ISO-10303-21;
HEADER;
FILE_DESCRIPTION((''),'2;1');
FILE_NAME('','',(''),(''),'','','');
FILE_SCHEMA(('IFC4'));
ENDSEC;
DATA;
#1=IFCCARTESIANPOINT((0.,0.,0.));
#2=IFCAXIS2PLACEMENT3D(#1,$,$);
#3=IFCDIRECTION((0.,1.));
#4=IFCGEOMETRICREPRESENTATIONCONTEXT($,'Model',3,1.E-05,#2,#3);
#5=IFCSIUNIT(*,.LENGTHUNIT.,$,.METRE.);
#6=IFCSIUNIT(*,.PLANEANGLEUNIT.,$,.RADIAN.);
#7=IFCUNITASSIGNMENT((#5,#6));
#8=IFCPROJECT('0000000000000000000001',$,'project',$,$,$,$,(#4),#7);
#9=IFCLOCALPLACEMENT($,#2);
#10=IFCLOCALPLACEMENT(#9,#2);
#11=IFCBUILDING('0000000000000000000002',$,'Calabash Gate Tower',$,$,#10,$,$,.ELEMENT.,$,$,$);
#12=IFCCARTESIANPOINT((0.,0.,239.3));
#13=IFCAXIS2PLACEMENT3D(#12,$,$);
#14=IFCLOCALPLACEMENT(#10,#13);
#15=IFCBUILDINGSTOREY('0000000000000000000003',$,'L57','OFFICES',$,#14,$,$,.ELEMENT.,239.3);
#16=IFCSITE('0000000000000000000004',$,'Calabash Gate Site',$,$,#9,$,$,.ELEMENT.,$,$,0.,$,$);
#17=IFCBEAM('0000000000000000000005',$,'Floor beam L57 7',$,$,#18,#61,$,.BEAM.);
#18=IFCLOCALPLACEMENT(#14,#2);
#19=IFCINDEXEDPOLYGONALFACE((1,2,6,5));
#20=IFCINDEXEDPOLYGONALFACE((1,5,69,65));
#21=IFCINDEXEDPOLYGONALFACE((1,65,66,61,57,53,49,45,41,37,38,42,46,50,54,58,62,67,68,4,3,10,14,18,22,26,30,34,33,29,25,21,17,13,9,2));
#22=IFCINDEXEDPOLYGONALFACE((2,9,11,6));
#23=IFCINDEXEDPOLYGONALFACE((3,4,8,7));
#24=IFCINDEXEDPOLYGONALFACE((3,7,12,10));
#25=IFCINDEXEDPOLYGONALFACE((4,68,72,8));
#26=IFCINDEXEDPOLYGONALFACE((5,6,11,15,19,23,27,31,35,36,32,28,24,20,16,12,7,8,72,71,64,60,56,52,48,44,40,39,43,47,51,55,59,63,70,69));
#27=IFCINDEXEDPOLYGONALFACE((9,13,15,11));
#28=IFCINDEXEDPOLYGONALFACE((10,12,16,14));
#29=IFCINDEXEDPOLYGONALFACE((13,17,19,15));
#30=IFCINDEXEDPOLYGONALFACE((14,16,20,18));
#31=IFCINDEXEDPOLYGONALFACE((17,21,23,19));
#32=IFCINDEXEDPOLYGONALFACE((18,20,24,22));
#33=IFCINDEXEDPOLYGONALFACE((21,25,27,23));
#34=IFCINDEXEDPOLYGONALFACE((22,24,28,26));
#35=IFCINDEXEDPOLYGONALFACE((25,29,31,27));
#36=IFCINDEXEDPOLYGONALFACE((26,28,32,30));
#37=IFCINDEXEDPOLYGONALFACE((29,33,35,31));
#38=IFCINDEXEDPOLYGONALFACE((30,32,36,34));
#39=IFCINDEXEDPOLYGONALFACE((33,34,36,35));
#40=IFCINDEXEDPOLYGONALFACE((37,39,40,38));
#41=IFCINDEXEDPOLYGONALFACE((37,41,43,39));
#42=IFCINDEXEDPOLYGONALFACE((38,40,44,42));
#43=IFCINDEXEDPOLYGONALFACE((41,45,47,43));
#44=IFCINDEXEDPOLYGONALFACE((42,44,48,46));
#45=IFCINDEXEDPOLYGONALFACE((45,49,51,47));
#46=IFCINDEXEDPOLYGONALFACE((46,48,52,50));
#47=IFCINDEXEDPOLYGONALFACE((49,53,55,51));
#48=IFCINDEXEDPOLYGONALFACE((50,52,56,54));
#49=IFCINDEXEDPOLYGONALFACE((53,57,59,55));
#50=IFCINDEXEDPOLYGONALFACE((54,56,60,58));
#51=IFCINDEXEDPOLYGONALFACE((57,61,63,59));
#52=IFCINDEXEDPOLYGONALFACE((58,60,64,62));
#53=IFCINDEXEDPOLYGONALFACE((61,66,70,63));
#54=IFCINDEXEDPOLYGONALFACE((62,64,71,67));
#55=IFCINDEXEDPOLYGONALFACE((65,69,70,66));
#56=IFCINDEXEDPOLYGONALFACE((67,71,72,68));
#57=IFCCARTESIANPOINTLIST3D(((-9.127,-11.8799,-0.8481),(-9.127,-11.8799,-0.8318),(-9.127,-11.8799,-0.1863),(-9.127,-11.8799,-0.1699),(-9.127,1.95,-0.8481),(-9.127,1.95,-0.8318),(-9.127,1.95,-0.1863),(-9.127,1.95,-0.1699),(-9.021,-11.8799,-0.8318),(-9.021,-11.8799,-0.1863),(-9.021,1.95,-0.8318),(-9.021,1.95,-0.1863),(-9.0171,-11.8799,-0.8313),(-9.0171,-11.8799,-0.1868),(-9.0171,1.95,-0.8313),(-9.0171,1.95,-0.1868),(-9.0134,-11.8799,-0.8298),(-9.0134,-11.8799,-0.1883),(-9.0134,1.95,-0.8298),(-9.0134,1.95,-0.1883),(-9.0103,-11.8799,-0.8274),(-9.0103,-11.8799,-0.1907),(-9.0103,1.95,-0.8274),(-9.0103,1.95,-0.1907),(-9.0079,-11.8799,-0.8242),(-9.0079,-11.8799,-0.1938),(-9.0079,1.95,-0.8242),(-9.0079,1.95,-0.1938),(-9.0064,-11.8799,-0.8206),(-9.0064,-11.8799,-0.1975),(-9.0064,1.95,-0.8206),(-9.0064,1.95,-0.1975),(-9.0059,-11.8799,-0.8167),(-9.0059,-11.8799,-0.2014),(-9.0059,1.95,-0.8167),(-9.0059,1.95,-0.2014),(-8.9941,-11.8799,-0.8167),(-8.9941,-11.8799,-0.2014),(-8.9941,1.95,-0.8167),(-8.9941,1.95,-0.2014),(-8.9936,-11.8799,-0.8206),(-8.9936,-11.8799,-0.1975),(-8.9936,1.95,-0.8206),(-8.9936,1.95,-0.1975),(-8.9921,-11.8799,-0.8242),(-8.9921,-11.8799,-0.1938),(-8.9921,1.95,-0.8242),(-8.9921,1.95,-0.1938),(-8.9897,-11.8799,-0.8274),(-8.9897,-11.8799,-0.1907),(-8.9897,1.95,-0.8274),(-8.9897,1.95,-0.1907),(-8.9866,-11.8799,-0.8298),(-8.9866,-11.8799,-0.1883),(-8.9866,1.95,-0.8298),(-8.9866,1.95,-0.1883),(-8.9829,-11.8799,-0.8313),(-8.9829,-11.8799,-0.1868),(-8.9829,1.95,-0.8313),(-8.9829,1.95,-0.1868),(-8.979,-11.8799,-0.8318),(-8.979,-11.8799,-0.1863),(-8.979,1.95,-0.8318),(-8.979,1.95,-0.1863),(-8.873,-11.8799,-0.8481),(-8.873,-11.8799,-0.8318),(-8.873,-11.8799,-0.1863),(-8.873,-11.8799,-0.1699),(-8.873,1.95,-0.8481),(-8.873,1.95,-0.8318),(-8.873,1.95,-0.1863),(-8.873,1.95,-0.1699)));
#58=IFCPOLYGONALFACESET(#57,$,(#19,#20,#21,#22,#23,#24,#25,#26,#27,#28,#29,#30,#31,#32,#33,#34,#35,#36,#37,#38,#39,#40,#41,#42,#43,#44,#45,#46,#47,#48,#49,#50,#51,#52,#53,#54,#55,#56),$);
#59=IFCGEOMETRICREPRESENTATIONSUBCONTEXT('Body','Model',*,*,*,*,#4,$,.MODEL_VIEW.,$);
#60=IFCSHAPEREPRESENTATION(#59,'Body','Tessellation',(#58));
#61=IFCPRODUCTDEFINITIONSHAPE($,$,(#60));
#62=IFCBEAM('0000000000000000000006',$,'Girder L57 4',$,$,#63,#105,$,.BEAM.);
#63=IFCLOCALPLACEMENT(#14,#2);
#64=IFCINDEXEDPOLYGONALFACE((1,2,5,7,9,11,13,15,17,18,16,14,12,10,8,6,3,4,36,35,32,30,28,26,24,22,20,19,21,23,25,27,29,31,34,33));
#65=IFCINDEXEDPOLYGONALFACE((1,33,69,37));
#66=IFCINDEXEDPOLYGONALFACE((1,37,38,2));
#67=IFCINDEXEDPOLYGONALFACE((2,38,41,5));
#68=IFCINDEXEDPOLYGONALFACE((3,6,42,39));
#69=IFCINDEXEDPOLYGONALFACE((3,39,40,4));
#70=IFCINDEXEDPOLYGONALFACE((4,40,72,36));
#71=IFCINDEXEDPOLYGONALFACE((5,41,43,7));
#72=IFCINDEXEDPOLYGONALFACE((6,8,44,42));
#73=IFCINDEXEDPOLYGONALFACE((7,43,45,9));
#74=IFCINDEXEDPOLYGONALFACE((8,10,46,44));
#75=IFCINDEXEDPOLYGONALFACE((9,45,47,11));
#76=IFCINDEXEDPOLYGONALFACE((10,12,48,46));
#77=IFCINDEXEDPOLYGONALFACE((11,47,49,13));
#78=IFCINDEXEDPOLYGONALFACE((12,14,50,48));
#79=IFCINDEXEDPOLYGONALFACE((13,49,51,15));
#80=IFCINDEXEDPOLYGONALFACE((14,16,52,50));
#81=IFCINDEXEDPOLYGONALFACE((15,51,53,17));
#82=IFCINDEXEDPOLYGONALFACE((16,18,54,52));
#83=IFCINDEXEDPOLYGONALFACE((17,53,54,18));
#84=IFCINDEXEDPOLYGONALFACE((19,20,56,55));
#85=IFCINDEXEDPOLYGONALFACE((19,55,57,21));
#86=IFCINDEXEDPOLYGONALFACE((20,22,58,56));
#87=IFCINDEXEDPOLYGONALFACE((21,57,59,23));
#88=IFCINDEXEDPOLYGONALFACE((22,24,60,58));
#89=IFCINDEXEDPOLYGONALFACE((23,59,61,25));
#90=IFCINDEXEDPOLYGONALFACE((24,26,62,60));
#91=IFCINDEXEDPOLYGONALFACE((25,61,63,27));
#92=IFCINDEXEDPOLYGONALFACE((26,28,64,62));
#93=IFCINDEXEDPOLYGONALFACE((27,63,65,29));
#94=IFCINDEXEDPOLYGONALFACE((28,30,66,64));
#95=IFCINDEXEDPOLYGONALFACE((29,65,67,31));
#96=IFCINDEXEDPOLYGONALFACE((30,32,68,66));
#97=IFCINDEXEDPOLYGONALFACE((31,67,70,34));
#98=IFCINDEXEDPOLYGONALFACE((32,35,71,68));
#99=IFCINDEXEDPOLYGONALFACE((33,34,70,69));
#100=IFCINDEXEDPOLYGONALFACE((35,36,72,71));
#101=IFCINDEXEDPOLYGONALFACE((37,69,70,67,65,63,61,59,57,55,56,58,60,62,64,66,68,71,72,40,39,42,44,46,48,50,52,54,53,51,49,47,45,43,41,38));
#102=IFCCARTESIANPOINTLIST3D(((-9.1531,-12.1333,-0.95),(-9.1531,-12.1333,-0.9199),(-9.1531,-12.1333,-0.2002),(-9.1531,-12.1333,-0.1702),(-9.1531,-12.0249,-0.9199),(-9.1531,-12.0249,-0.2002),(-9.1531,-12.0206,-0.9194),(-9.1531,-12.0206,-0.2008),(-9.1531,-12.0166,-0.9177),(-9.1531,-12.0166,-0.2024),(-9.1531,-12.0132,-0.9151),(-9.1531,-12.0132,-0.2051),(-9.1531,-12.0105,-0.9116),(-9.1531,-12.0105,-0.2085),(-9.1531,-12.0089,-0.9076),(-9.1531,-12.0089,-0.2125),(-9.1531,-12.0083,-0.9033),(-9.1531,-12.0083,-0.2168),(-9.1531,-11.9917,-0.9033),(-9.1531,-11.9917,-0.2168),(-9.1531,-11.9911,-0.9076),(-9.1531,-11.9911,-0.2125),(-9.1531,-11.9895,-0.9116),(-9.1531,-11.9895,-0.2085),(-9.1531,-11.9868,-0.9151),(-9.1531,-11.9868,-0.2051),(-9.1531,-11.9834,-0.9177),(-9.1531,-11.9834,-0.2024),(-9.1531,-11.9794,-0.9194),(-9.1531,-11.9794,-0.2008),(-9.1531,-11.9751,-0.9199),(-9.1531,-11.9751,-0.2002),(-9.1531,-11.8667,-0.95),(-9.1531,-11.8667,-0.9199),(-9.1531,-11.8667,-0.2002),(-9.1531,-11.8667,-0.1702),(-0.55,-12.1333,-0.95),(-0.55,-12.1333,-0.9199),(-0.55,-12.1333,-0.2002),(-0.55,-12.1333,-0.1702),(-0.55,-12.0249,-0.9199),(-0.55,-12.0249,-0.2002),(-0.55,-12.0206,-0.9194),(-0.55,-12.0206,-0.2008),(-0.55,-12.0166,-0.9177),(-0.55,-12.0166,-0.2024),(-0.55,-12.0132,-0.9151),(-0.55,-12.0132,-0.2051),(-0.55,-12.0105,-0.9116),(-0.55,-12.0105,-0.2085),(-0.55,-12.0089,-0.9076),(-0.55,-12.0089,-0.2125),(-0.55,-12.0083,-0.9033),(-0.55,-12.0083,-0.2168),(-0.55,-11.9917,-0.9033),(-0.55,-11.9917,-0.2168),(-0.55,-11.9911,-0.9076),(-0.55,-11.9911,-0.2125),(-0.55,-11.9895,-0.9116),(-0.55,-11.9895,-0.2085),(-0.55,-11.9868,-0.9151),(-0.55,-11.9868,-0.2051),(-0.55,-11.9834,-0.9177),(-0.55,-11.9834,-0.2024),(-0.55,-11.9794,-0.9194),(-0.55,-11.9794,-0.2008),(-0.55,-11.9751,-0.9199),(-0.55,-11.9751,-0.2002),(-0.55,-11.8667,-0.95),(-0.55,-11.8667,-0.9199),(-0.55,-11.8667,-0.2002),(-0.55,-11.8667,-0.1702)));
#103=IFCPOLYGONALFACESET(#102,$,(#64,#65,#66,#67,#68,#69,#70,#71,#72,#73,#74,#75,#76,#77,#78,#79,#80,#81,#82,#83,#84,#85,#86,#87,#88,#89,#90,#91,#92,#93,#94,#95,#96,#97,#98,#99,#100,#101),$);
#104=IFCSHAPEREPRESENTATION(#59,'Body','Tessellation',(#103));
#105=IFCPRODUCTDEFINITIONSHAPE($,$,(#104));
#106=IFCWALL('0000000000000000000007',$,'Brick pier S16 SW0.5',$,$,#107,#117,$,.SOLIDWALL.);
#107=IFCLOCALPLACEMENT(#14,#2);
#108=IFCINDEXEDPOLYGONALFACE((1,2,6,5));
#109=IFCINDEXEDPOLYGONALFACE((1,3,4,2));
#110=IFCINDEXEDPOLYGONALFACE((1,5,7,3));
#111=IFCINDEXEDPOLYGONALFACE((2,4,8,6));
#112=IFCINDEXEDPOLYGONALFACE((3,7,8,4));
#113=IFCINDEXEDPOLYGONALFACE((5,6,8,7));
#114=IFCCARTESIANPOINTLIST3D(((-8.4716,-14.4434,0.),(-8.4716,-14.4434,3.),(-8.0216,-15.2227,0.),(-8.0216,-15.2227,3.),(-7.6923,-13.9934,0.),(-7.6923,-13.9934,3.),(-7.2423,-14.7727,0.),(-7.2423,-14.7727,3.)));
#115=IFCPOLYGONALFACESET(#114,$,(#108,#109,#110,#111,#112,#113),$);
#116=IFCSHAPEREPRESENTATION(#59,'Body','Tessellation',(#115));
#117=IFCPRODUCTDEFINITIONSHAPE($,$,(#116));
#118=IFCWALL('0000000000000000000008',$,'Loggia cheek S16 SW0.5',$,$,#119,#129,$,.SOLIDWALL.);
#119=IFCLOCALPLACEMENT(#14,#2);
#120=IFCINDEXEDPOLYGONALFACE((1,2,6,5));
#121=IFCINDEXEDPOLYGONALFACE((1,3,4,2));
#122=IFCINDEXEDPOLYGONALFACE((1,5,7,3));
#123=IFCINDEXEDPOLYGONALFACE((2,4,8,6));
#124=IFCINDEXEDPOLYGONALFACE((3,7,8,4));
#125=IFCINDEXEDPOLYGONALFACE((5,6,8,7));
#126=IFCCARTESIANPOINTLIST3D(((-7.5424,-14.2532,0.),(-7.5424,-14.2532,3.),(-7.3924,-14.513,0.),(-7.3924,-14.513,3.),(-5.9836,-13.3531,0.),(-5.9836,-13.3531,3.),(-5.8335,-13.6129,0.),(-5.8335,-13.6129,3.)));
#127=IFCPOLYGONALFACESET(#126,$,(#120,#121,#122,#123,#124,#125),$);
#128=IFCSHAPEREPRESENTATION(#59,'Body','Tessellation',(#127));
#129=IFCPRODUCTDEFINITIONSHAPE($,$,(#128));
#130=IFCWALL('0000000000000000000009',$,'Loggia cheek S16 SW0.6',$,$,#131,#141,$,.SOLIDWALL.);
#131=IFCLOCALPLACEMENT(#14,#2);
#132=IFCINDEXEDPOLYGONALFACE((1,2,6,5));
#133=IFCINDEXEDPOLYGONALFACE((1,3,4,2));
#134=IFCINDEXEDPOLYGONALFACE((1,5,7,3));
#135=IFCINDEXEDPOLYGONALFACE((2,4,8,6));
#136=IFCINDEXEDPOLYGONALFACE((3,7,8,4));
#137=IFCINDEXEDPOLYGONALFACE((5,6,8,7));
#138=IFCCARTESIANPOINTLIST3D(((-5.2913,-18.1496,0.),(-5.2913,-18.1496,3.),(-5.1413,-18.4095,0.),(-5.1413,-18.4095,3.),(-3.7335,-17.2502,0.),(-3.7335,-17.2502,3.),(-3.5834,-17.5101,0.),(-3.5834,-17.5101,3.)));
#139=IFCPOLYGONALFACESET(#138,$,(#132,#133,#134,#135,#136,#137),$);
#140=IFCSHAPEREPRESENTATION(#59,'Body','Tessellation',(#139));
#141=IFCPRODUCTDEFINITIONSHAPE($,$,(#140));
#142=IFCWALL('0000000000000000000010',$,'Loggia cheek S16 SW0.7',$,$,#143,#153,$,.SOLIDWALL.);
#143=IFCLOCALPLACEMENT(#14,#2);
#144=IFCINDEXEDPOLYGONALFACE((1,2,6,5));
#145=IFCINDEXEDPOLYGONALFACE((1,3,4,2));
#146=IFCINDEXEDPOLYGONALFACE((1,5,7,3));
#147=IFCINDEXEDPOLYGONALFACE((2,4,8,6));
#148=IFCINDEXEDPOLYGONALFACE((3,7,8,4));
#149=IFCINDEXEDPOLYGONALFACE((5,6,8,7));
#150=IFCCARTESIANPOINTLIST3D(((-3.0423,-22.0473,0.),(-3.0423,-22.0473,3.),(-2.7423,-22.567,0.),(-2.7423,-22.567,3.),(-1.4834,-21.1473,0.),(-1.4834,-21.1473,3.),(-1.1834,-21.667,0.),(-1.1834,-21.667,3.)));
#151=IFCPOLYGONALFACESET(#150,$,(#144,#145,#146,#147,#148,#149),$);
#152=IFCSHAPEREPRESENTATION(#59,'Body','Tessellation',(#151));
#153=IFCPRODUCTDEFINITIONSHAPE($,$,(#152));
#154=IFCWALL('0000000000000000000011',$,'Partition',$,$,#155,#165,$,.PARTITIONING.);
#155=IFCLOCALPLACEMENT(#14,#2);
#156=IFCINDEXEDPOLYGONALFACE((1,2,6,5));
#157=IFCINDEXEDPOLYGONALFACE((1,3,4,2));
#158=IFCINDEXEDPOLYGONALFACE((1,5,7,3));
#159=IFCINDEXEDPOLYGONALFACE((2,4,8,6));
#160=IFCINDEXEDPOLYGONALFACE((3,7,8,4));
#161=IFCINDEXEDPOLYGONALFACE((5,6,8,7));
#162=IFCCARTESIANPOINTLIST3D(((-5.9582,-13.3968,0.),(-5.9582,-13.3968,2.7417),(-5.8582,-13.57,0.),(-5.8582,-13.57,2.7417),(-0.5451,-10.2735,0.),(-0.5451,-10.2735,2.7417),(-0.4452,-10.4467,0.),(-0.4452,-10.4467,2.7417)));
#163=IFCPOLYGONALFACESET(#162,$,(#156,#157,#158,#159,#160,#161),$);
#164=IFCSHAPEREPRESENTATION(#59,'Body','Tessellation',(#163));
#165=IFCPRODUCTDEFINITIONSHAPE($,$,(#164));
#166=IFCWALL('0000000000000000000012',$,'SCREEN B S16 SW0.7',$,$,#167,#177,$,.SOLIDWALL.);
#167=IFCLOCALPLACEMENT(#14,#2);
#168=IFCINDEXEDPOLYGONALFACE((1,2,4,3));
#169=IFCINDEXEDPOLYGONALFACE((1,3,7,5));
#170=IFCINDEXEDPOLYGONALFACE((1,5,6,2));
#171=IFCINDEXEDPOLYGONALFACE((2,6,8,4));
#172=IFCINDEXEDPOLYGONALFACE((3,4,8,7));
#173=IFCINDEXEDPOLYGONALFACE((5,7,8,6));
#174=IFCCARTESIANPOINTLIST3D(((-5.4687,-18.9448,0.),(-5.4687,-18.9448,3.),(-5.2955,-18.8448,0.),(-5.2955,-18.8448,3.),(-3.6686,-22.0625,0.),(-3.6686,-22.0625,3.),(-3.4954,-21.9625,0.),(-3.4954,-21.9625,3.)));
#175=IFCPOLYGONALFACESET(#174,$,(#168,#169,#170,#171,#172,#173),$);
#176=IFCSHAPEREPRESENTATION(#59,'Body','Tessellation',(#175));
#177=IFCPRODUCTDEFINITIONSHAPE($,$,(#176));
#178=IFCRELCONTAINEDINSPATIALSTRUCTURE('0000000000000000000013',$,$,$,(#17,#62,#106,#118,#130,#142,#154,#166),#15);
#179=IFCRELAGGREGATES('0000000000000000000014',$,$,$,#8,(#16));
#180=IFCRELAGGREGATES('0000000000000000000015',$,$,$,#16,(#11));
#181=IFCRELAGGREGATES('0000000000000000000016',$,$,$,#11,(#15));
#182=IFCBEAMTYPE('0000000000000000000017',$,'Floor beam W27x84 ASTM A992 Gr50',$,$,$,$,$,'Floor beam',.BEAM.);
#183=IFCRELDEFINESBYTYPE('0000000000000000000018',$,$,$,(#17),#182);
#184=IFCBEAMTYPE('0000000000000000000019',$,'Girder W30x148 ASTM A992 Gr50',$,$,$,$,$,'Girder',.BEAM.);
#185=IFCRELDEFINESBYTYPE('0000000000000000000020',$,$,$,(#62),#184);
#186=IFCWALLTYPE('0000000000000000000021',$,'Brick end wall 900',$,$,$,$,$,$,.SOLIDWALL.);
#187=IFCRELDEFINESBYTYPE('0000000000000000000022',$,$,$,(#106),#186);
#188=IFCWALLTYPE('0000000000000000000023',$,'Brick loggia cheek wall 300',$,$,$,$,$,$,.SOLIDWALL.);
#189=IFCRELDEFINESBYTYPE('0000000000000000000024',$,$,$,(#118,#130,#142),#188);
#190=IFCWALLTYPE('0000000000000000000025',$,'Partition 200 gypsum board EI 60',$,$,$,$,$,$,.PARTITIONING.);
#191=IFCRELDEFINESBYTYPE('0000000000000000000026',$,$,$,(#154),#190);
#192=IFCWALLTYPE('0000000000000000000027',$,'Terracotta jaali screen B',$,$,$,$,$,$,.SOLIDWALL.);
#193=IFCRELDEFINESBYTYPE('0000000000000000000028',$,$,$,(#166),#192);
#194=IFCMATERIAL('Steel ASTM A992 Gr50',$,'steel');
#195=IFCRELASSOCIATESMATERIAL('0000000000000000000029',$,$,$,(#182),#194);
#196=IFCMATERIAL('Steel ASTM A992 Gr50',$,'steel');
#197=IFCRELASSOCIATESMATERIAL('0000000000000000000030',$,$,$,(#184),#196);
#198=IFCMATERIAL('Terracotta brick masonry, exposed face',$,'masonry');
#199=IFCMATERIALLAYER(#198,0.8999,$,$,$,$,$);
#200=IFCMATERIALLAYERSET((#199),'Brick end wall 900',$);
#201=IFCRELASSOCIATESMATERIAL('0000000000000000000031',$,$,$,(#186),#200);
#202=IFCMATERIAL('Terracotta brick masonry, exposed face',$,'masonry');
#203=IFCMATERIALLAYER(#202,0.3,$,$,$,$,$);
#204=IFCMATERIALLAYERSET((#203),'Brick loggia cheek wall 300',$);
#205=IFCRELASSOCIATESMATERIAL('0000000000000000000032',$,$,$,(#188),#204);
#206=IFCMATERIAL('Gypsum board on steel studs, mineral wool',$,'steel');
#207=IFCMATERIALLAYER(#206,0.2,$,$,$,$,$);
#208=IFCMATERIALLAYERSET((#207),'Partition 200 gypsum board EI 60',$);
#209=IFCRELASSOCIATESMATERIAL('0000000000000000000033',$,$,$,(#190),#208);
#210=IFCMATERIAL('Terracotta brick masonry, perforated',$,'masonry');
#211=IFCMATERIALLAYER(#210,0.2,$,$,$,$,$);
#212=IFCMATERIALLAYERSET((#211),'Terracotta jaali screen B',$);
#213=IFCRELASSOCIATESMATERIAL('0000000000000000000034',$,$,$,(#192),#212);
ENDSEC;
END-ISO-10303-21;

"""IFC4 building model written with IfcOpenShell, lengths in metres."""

from ifc_helpers import new_model, si_unit, direction, frame, frame_2d, origin, origin_2d, place, context, subcontext, project, spatial, rectangle, i_section, extrude, material, layer, layer_set, material_profile, profile_set, type_object, element, save


model = new_model("IFC4")

# Units and contexts
model_context = context("Model", 3, precision=1e-05, world=origin(), true_north=direction((0.0, 1.0)))
body_context = subcontext(model_context, "Body", "Model", "MODEL_VIEW")
ifc_project = project(units=[si_unit("LENGTHUNIT", "METRE"), si_unit("PLANEANGLEUNIT", "RADIAN")], contexts=[model_context])

# Site, building, storey
site_placement = place(None, origin())
site = spatial("IfcSite", under=ifc_project, at=site_placement, Name="Calabash Gate Site", CompositionType="ELEMENT", RefElevation=0.0)
building_placement = place(site_placement, origin())
building = spatial("IfcBuilding", under=site, at=building_placement, Name="Calabash Gate Tower", CompositionType="ELEMENT")
storey_placement = place(building_placement, frame((0.0, 0.0, 239.3)))
storey = spatial("IfcBuildingStorey", under=building, at=storey_placement, Name="L57", Description="OFFICES", CompositionType="ELEMENT", Elevation=239.3)

# Beams
ifc_material_1 = material(Name="Steel ASTM A992 Gr50", Category="steel")
ifc_material_profile_1 = material_profile(ifc_material_1, i_section(OverallWidth=0.2539, OverallDepth=0.6782, WebThickness=0.0117, FlangeThickness=0.0164, FilletRadius=0.0151, at=origin_2d()))
ifc_profile_set_1 = profile_set([ifc_material_profile_1], Name="Steel ASTM A992 Gr50")
beam_type_1 = type_object("IfcBeamType", Name="Floor beam W27x84 ASTM A992 Gr50", ElementType="Floor beam", PredefinedType="BEAM", material=ifc_profile_set_1)
beam_1_placement = place(storey_placement, frame((-9.0, -11.8799, -0.509), z_axis=(0.0, 1.0, 0.0), x_axis=(-1.0, 0.0, 0.0)))
element("IfcBeam", 1, at=beam_1_placement, inside=storey, type_object=beam_type_1, Name="Floor beam L57 7", PredefinedType="BEAM", context=body_context, shape_type="SweptSolid", body=[
    extrude(i_section(OverallWidth=0.2539, OverallDepth=0.6782, WebThickness=0.0117, FlangeThickness=0.0164, FilletRadius=0.0151, at=origin_2d()), origin(), (0.0, 0.0, 1.0), 13.8298),
])
ifc_material_2 = material(Name="Steel ASTM A992 Gr50", Category="steel")
ifc_material_profile_2 = material_profile(ifc_material_2, i_section(OverallWidth=0.2666, OverallDepth=0.7798, WebThickness=0.0166, FlangeThickness=0.03, FilletRadius=0.0166, at=origin_2d()))
ifc_profile_set_2 = profile_set([ifc_material_profile_2], Name="Steel ASTM A992 Gr50")
beam_type_2 = type_object("IfcBeamType", Name="Girder W30x148 ASTM A992 Gr50", ElementType="Girder", PredefinedType="BEAM", material=ifc_profile_set_2)
beam_2_placement = place(storey_placement, frame((-9.1531, -12.0, -0.5601), z_axis=(1.0, 0.0, 0.0), x_axis=(0.0, 1.0, 0.0)))
element("IfcBeam", 2, at=beam_2_placement, inside=storey, type_object=beam_type_2, Name="Girder L57 4", PredefinedType="BEAM", context=body_context, shape_type="SweptSolid", body=[
    extrude(i_section(OverallWidth=0.2666, OverallDepth=0.7798, WebThickness=0.0166, FlangeThickness=0.03, FilletRadius=0.0166, at=origin_2d()), origin(), (0.0, 0.0, 1.0), 8.603),
])

# Walls
ifc_material_3 = material(Name="Terracotta brick masonry, exposed face", Category="masonry")
ifc_layer_1 = layer(ifc_material_3, 0.8999)
ifc_layer_set_1 = layer_set([ifc_layer_1], Name="Brick end wall 900")
wall_type_1 = type_object("IfcWallType", Name="Brick end wall 900", PredefinedType="SOLIDWALL", material=ifc_layer_set_1)
wall_1_placement = place(storey_placement, frame((-7.4673, -14.3831, 0.0), z_axis=(0.0, 0.0, 1.0), x_axis=(-0.866014, -0.50002, 0.0)))
element("IfcWall", 3, at=wall_1_placement, inside=storey, type_object=wall_type_1, Name="Brick pier S16 SW0.5", PredefinedType="SOLIDWALL", context=body_context, shape_type="SweptSolid", body=[
    extrude(rectangle(XDim=0.8999, YDim=0.8999, at=frame_2d((0.45, 0.0))), origin(), (0.0, 0.0, 1.0), 3.0),
])
ifc_material_4 = material(Name="Terracotta brick masonry, exposed face", Category="masonry")
ifc_layer_2 = layer(ifc_material_4, 0.3)
ifc_layer_set_2 = layer_set([ifc_layer_2], Name="Brick loggia cheek wall 300")
wall_type_2 = type_object("IfcWallType", Name="Brick loggia cheek wall 300", PredefinedType="SOLIDWALL", material=ifc_layer_set_2)
wall_2_placement = place(storey_placement, frame((-7.4673, -14.3831, 0.0), z_axis=(0.0, 0.0, 1.0), x_axis=(0.865989, 0.500063, 0.0)))
element("IfcWall", 4, at=wall_2_placement, inside=storey, type_object=wall_type_2, Name="Loggia cheek S16 SW0.5", PredefinedType="SOLIDWALL", context=body_context, shape_type="SweptSolid", body=[
    extrude(rectangle(XDim=1.8, YDim=0.3, at=frame_2d((0.8999, 0.0))), origin(), (0.0, 0.0, 1.0), 3.0),
])
wall_3_placement = place(storey_placement, frame((-3.6584, -17.3801, 0.0), z_axis=(0.0, 0.0, 1.0), x_axis=(-0.86603, -0.499993, 0.0)))
element("IfcWall", 5, at=wall_3_placement, inside=storey, type_object=wall_type_2, Name="Loggia cheek S16 SW0.6", PredefinedType="SOLIDWALL", context=body_context, shape_type="SweptSolid", body=[
    extrude(rectangle(XDim=1.7988, YDim=0.3, at=frame_2d((0.8994, 0.0))), origin(), (0.0, 0.0, 1.0), 3.0),
])
wall_4_placement = place(storey_placement, frame((-1.3335, -21.4072, 0.0), z_axis=(0.0, 0.0, 1.0), x_axis=(-0.866048, -0.499961, 0.0)))
element("IfcWall", 6, at=wall_4_placement, inside=storey, type_object=wall_type_2, Name="Loggia cheek S16 SW0.7", PredefinedType="SOLIDWALL", context=body_context, shape_type="SweptSolid", body=[
    extrude(rectangle(XDim=1.8, YDim=0.6001, at=frame_2d((0.8999, 0.0))), origin(), (0.0, 0.0, 1.0), 3.0),
])
ifc_material_5 = material(Name="Gypsum board on steel studs, mineral wool", Category="steel")
ifc_layer_3 = layer(ifc_material_5, 0.2)
ifc_layer_set_3 = layer_set([ifc_layer_3], Name="Partition 200 gypsum board EI 60")
wall_type_3 = type_object("IfcWallType", Name="Partition 200 gypsum board EI 60", PredefinedType="PARTITIONING", material=ifc_layer_set_3)
wall_5_placement = place(storey_placement, frame((-5.9082, -13.4834, 0.0), z_axis=(0.0, 0.0, 1.0), x_axis=(0.866161, 0.499765, 0.0)))
element("IfcWall", 7, at=wall_5_placement, inside=storey, type_object=wall_type_3, Name="Partition", PredefinedType="PARTITIONING", context=body_context, shape_type="SweptSolid", body=[
    extrude(rectangle(XDim=6.2495, YDim=0.2, at=frame_2d((3.1248, 0.0))), origin(), (0.0, 0.0, 1.0), 2.7417),
])
ifc_material_6 = material(Name="Terracotta brick masonry, perforated", Category="masonry")
ifc_layer_4 = layer(ifc_material_6, 0.2)
ifc_layer_set_4 = layer_set([ifc_layer_4], Name="Terracotta jaali screen B")
wall_type_4 = type_object("IfcWallType", Name="Terracotta jaali screen B", PredefinedType="SOLIDWALL", material=ifc_layer_set_4)
wall_6_placement = place(storey_placement, frame((-5.3821, -18.8948, 0.0), z_axis=(0.0, 0.0, 1.0), x_axis=(0.500012, -0.866018, 0.0)))
element("IfcWall", 8, at=wall_6_placement, inside=storey, type_object=wall_type_4, Name="SCREEN B S16 SW0.7", PredefinedType="SOLIDWALL", context=body_context, shape_type="SweptSolid", body=[
    extrude(rectangle(XDim=3.6001, YDim=0.2, at=frame_2d((1.8, 0.0))), origin(), (0.0, 0.0, 1.0), 3.0),
])

save(model, "model.ifc")
